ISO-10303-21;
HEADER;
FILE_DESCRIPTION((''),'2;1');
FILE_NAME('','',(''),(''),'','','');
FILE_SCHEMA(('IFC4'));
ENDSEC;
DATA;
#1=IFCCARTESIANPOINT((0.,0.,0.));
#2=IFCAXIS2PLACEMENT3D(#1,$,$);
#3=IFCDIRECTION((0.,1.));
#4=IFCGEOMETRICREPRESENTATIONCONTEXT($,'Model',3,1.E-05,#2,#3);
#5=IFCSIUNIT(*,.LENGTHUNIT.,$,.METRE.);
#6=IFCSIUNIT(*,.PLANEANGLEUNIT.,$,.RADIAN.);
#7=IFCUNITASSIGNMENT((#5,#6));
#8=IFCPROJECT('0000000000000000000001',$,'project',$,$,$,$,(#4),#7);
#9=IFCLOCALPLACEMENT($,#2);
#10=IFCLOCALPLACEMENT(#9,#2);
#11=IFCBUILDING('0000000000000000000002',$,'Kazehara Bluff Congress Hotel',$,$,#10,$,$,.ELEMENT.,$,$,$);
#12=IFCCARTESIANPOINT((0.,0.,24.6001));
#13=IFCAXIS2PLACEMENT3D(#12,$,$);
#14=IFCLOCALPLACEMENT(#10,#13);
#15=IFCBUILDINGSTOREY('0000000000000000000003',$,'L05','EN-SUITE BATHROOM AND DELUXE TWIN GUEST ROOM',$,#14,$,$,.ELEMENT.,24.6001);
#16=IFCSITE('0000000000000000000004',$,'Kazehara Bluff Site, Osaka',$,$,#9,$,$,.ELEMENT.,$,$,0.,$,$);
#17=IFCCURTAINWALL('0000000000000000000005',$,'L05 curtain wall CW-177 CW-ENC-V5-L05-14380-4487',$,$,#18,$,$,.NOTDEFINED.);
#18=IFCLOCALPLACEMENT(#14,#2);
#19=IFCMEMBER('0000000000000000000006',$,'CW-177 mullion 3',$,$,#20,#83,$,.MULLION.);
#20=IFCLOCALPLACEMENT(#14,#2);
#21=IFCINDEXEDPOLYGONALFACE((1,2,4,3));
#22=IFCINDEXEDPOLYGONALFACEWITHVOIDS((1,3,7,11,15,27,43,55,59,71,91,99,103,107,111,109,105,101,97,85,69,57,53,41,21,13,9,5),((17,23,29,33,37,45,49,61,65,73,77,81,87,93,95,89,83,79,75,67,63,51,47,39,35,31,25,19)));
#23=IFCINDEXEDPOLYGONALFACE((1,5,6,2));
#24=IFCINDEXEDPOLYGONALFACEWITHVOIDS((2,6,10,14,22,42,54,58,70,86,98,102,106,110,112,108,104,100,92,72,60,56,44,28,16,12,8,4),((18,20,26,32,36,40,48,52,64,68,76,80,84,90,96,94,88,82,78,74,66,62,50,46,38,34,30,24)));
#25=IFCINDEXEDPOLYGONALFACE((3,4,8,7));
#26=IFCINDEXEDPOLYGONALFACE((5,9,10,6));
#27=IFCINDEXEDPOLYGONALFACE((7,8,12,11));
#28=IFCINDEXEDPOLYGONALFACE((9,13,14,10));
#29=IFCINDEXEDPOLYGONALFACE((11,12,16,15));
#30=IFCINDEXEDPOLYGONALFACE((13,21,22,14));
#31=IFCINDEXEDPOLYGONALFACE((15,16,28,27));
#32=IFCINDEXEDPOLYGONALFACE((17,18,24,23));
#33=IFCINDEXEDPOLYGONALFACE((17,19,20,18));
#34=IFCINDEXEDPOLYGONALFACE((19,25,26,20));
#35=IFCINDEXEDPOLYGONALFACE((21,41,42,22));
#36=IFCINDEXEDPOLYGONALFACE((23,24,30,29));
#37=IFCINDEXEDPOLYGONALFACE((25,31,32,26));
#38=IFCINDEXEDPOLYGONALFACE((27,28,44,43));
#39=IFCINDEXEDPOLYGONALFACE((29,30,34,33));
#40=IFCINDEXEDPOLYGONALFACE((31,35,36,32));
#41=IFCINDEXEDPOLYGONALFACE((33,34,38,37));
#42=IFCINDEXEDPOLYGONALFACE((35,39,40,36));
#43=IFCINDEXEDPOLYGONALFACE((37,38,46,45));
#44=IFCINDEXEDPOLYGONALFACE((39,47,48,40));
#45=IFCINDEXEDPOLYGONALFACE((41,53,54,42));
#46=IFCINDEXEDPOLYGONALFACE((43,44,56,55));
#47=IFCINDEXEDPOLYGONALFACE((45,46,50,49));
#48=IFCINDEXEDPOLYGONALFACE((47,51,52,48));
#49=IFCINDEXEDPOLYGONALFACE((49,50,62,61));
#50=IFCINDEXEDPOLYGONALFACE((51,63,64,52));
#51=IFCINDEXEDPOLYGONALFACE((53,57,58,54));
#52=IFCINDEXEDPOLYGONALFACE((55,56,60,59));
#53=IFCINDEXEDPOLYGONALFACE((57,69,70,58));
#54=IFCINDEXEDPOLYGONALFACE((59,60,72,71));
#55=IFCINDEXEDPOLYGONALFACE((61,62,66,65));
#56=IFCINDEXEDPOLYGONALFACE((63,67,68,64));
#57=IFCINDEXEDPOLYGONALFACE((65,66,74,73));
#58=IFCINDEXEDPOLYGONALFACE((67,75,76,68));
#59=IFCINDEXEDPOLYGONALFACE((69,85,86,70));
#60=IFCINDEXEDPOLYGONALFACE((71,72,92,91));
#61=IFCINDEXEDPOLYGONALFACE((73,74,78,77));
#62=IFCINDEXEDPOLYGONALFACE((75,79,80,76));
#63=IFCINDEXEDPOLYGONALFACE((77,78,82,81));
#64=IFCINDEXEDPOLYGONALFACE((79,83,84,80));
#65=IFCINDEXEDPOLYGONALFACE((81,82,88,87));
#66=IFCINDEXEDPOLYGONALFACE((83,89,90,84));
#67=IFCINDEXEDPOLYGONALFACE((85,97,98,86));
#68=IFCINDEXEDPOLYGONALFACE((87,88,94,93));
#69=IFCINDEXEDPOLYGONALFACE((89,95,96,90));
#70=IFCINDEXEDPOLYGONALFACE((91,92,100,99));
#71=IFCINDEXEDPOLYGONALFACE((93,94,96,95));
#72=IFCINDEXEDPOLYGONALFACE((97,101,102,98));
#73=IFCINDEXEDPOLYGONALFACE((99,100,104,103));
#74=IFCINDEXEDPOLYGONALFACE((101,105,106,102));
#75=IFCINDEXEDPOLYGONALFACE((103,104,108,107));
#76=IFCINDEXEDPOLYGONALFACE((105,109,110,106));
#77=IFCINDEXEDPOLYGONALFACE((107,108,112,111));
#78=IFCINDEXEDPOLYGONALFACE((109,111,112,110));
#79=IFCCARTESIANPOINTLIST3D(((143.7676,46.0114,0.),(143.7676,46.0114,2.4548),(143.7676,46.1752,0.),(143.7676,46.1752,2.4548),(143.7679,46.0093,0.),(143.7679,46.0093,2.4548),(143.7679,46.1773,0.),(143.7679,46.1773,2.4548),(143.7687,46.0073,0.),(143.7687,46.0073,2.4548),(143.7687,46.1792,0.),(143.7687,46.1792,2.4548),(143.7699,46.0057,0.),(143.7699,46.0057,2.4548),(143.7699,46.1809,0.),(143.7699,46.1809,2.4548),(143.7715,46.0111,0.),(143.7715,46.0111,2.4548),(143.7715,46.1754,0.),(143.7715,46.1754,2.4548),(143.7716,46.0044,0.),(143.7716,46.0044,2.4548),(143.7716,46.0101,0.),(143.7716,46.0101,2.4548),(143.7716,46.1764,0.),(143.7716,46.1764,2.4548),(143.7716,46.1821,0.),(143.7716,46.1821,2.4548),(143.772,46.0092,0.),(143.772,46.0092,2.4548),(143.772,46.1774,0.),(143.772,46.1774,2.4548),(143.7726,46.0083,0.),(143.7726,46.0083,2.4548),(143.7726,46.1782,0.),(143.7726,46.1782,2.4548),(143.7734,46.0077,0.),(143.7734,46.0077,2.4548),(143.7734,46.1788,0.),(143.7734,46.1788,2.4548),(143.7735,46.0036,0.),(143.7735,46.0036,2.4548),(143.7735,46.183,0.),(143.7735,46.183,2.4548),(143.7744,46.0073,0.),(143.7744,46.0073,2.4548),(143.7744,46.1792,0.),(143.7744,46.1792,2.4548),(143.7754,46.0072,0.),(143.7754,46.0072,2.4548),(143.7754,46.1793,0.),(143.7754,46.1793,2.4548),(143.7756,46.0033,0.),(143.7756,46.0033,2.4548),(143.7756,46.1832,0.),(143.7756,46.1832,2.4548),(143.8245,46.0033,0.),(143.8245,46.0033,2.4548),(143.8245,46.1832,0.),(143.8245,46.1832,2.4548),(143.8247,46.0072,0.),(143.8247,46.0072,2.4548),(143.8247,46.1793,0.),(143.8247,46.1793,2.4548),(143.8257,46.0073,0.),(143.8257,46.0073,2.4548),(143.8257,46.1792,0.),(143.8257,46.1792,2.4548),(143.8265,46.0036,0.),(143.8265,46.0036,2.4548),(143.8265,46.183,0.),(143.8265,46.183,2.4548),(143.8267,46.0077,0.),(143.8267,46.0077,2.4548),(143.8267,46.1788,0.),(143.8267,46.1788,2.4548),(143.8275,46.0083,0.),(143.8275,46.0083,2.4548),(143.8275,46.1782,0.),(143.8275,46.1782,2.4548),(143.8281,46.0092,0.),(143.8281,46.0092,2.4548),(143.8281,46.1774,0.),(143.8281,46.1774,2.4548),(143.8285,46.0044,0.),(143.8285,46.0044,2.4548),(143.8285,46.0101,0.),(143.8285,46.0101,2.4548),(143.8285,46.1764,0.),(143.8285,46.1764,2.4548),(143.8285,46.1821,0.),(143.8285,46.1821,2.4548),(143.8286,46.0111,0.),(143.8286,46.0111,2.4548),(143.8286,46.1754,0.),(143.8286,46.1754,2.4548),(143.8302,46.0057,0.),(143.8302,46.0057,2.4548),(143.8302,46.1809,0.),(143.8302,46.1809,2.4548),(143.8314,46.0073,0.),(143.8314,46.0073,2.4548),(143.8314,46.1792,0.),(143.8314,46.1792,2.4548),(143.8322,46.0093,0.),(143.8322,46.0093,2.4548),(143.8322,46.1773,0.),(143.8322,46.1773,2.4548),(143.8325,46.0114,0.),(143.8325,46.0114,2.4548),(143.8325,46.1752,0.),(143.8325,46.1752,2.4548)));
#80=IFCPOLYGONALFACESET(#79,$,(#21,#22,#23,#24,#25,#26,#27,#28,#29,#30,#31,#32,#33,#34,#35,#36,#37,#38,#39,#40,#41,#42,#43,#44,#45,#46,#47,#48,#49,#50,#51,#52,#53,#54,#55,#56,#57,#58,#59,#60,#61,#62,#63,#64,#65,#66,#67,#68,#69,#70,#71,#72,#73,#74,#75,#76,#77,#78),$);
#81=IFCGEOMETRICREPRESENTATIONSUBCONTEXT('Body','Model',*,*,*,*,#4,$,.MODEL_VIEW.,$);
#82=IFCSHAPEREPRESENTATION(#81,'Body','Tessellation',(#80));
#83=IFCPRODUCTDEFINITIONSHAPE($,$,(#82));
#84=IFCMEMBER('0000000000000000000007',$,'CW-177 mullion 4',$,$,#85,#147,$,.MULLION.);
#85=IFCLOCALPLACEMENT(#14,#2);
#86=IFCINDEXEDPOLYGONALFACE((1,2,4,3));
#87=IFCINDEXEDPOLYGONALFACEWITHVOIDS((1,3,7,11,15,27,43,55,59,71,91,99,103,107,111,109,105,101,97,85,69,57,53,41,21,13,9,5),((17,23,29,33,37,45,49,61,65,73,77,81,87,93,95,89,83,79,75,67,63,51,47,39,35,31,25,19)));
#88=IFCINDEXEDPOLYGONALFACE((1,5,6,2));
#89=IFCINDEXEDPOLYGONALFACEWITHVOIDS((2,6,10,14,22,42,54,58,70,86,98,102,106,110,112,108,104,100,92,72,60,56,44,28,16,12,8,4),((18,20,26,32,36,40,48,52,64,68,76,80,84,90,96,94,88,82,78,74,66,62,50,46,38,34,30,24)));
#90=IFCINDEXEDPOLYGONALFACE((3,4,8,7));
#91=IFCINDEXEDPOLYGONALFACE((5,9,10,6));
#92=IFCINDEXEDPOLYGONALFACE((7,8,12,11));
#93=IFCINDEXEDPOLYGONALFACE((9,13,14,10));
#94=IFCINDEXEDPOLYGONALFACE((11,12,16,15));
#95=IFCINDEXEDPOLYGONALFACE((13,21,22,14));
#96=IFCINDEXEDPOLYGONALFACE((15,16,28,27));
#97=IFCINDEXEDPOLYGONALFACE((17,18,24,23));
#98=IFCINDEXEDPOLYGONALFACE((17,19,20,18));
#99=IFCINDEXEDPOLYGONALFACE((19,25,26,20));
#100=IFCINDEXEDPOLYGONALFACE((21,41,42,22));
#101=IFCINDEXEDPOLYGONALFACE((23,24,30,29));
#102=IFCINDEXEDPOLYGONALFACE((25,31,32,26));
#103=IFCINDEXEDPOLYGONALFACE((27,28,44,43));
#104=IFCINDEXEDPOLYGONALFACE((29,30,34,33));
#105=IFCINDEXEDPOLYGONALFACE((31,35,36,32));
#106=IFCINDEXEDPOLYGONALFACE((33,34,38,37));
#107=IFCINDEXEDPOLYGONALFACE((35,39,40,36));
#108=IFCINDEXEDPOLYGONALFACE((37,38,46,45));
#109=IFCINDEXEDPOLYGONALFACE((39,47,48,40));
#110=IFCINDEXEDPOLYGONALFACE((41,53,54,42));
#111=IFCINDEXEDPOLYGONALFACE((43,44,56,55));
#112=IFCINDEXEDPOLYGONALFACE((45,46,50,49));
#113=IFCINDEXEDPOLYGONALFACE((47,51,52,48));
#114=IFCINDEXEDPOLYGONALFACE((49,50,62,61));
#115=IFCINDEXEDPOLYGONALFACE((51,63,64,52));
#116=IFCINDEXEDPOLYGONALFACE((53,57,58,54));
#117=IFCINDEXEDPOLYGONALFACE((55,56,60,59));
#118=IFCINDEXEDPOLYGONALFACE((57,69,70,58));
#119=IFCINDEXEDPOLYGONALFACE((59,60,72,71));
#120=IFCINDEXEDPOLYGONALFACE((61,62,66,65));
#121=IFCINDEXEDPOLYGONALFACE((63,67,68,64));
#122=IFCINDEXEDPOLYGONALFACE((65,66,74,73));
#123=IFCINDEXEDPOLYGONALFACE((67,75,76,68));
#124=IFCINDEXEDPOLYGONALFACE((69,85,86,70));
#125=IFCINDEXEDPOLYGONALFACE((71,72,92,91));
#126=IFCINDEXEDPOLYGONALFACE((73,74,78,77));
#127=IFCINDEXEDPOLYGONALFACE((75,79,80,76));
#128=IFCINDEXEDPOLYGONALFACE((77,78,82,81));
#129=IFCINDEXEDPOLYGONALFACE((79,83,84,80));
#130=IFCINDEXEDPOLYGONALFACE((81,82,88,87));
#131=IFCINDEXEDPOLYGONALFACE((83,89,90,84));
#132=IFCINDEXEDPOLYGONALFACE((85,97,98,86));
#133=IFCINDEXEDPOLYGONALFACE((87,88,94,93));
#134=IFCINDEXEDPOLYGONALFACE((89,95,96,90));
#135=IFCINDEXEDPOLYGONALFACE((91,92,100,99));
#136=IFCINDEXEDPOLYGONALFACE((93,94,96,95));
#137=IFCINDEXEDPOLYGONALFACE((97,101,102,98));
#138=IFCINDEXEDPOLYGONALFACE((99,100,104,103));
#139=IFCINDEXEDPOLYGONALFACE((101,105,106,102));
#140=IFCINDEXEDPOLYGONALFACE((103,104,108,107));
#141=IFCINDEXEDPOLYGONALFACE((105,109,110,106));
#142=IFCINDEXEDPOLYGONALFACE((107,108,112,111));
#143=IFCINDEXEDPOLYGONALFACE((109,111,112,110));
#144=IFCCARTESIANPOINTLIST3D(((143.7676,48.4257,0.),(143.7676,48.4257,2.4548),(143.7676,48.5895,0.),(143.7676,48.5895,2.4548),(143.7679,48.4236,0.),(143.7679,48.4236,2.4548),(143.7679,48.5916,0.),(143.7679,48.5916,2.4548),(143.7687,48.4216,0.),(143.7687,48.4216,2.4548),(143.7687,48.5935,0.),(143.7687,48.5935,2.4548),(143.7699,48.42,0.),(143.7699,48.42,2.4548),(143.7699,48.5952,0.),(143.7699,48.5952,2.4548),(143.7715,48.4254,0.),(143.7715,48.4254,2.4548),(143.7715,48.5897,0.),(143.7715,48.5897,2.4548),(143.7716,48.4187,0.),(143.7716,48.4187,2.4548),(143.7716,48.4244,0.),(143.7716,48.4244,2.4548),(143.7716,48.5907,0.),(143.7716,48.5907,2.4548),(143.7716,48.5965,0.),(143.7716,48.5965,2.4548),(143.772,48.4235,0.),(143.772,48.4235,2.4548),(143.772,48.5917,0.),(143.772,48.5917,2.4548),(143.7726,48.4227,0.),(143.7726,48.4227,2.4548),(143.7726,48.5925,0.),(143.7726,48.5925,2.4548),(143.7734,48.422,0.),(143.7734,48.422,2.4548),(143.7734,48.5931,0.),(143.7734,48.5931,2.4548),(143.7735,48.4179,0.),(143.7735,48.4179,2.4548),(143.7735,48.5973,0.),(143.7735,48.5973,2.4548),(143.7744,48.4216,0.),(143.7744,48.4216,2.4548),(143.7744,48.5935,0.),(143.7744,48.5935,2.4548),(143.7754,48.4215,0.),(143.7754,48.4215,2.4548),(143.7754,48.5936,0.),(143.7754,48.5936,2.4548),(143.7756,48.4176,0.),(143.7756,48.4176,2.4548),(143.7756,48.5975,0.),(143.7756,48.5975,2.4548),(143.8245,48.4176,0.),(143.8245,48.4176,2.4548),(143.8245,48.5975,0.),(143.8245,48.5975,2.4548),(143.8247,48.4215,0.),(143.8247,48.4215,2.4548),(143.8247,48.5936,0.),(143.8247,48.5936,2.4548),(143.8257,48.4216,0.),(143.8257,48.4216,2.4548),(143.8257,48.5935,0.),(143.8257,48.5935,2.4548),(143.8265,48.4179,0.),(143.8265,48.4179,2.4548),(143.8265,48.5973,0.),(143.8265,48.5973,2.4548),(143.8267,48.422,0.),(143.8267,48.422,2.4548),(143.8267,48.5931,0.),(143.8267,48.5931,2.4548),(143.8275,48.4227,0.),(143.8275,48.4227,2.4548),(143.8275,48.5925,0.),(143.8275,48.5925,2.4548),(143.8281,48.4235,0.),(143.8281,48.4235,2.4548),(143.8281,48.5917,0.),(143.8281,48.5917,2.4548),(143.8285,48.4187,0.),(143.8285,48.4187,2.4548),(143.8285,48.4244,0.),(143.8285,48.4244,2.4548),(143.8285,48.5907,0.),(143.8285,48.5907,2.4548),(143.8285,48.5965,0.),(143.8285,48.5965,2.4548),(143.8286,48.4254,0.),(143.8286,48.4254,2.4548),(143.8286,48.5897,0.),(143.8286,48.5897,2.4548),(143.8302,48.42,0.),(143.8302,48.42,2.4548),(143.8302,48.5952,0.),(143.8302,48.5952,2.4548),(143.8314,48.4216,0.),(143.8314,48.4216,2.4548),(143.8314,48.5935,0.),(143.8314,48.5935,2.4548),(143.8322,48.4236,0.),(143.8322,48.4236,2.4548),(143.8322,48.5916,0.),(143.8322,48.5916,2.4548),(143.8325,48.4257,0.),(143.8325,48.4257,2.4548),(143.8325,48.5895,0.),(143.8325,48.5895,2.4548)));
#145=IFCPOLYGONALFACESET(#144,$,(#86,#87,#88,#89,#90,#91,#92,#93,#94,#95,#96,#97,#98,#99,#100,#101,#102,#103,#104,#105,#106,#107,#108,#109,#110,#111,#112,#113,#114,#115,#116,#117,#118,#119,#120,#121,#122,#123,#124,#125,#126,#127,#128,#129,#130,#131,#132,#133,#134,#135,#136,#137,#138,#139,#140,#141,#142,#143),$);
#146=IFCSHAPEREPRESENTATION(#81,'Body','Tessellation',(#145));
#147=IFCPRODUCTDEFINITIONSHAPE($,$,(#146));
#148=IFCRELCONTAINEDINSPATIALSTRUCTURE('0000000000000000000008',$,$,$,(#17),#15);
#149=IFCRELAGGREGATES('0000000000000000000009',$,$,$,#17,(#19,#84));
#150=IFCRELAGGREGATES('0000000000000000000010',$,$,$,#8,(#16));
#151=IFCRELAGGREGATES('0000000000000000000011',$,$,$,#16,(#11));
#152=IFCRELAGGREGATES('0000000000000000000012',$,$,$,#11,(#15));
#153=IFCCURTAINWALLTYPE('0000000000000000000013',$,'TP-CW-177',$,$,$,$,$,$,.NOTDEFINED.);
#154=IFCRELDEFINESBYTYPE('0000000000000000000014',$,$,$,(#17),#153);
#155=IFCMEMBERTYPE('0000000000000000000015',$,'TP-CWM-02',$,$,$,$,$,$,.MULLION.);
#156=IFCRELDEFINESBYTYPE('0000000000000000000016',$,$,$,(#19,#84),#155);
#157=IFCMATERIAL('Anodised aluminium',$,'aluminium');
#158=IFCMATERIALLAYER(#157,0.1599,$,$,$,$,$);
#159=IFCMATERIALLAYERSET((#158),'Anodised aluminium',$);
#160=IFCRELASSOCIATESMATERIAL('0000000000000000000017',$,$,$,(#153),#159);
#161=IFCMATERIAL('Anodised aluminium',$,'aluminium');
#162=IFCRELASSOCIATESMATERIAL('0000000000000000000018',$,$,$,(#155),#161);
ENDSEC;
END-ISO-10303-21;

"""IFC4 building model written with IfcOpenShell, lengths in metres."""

from ifc_helpers import new_model, si_unit, direction, frame, origin, origin_2d, place, context, subcontext, project, spatial, hollow_rectangle, extrude, material, layer, layer_set, material_profile, profile_set, type_object, element, aggregate, save


model = new_model("IFC4")

# Units and contexts
model_context = context("Model", 3, precision=1e-05, world=origin(), true_north=direction((0.0, 1.0)))
body_context = subcontext(model_context, "Body", "Model", "MODEL_VIEW")
ifc_project = project(units=[si_unit("LENGTHUNIT", "METRE"), si_unit("PLANEANGLEUNIT", "RADIAN")], contexts=[model_context])

# Site, building, storey
site_placement = place(None, origin())
site = spatial("IfcSite", under=ifc_project, at=site_placement, Name="Kazehara Bluff Site, Osaka", CompositionType="ELEMENT", RefElevation=0.0)
building_placement = place(site_placement, origin())
building = spatial("IfcBuilding", under=site, at=building_placement, Name="Kazehara Bluff Congress Hotel", CompositionType="ELEMENT")
storey_placement = place(building_placement, frame((0.0, 0.0, 24.6001)))
storey = spatial("IfcBuildingStorey", under=building, at=storey_placement, Name="L05", Description="EN-SUITE BATHROOM AND DELUXE TWIN GUEST ROOM", CompositionType="ELEMENT", Elevation=24.6001)

# Curtain wall, members
ifc_material_1 = material(Name="Anodised aluminium", Category="aluminium")
ifc_layer_1 = layer(ifc_material_1, 0.1599)
ifc_layer_set_1 = layer_set([ifc_layer_1], Name="Anodised aluminium")
curtain_wall_type = type_object("IfcCurtainWallType", Name="TP-CW-177", PredefinedType="NOTDEFINED", material=ifc_layer_set_1)
curtain_wall_placement = place(storey_placement, origin())
curtain_wall = element("IfcCurtainWall", 1, at=curtain_wall_placement, inside=storey, type_object=curtain_wall_type, Name="L05 curtain wall CW-177 CW-ENC-V5-L05-14380-4487", PredefinedType="NOTDEFINED")
ifc_material_2 = material(Name="Anodised aluminium", Category="aluminium")
ifc_material_profile_1 = material_profile(ifc_material_2, hollow_rectangle(XDim=0.0649, YDim=0.1799, WallThickness=0.0039, InnerFilletRadius=0.0039, OuterFilletRadius=0.0081, at=origin_2d()))
ifc_profile_set_1 = profile_set([ifc_material_profile_1], Name="Anodised aluminium")
member_type_1 = type_object("IfcMemberType", Name="TP-CWM-02", PredefinedType="MULLION", material=ifc_profile_set_1)
member_1_placement = place(storey_placement, frame((143.8, 46.0933, 0.0), z_axis=(0.0, 0.0, 1.0), x_axis=(-1.0, 0.0, 0.0)))
member_1 = element("IfcMember", 2, at=member_1_placement, type_object=member_type_1, Name="CW-177 mullion 3", PredefinedType="MULLION", context=body_context, shape_type="SweptSolid", body=[
    extrude(hollow_rectangle(XDim=0.0649, YDim=0.1799, WallThickness=0.0039, InnerFilletRadius=0.0039, OuterFilletRadius=0.0081, at=origin_2d()), origin(), (0.0, 0.0, 1.0), 2.4548),
])
member_2_placement = place(storey_placement, frame((143.8, 48.5076, 0.0), z_axis=(0.0, 0.0, 1.0), x_axis=(-1.0, 0.0, 0.0)))
member_2 = element("IfcMember", 3, at=member_2_placement, type_object=member_type_1, Name="CW-177 mullion 4", PredefinedType="MULLION", context=body_context, shape_type="SweptSolid", body=[
    extrude(hollow_rectangle(XDim=0.0649, YDim=0.1799, WallThickness=0.0039, InnerFilletRadius=0.0039, OuterFilletRadius=0.0081, at=origin_2d()), origin(), (0.0, 0.0, 1.0), 2.4548),
])
aggregate(curtain_wall, [member_1, member_2])

save(model, "model.ifc")
